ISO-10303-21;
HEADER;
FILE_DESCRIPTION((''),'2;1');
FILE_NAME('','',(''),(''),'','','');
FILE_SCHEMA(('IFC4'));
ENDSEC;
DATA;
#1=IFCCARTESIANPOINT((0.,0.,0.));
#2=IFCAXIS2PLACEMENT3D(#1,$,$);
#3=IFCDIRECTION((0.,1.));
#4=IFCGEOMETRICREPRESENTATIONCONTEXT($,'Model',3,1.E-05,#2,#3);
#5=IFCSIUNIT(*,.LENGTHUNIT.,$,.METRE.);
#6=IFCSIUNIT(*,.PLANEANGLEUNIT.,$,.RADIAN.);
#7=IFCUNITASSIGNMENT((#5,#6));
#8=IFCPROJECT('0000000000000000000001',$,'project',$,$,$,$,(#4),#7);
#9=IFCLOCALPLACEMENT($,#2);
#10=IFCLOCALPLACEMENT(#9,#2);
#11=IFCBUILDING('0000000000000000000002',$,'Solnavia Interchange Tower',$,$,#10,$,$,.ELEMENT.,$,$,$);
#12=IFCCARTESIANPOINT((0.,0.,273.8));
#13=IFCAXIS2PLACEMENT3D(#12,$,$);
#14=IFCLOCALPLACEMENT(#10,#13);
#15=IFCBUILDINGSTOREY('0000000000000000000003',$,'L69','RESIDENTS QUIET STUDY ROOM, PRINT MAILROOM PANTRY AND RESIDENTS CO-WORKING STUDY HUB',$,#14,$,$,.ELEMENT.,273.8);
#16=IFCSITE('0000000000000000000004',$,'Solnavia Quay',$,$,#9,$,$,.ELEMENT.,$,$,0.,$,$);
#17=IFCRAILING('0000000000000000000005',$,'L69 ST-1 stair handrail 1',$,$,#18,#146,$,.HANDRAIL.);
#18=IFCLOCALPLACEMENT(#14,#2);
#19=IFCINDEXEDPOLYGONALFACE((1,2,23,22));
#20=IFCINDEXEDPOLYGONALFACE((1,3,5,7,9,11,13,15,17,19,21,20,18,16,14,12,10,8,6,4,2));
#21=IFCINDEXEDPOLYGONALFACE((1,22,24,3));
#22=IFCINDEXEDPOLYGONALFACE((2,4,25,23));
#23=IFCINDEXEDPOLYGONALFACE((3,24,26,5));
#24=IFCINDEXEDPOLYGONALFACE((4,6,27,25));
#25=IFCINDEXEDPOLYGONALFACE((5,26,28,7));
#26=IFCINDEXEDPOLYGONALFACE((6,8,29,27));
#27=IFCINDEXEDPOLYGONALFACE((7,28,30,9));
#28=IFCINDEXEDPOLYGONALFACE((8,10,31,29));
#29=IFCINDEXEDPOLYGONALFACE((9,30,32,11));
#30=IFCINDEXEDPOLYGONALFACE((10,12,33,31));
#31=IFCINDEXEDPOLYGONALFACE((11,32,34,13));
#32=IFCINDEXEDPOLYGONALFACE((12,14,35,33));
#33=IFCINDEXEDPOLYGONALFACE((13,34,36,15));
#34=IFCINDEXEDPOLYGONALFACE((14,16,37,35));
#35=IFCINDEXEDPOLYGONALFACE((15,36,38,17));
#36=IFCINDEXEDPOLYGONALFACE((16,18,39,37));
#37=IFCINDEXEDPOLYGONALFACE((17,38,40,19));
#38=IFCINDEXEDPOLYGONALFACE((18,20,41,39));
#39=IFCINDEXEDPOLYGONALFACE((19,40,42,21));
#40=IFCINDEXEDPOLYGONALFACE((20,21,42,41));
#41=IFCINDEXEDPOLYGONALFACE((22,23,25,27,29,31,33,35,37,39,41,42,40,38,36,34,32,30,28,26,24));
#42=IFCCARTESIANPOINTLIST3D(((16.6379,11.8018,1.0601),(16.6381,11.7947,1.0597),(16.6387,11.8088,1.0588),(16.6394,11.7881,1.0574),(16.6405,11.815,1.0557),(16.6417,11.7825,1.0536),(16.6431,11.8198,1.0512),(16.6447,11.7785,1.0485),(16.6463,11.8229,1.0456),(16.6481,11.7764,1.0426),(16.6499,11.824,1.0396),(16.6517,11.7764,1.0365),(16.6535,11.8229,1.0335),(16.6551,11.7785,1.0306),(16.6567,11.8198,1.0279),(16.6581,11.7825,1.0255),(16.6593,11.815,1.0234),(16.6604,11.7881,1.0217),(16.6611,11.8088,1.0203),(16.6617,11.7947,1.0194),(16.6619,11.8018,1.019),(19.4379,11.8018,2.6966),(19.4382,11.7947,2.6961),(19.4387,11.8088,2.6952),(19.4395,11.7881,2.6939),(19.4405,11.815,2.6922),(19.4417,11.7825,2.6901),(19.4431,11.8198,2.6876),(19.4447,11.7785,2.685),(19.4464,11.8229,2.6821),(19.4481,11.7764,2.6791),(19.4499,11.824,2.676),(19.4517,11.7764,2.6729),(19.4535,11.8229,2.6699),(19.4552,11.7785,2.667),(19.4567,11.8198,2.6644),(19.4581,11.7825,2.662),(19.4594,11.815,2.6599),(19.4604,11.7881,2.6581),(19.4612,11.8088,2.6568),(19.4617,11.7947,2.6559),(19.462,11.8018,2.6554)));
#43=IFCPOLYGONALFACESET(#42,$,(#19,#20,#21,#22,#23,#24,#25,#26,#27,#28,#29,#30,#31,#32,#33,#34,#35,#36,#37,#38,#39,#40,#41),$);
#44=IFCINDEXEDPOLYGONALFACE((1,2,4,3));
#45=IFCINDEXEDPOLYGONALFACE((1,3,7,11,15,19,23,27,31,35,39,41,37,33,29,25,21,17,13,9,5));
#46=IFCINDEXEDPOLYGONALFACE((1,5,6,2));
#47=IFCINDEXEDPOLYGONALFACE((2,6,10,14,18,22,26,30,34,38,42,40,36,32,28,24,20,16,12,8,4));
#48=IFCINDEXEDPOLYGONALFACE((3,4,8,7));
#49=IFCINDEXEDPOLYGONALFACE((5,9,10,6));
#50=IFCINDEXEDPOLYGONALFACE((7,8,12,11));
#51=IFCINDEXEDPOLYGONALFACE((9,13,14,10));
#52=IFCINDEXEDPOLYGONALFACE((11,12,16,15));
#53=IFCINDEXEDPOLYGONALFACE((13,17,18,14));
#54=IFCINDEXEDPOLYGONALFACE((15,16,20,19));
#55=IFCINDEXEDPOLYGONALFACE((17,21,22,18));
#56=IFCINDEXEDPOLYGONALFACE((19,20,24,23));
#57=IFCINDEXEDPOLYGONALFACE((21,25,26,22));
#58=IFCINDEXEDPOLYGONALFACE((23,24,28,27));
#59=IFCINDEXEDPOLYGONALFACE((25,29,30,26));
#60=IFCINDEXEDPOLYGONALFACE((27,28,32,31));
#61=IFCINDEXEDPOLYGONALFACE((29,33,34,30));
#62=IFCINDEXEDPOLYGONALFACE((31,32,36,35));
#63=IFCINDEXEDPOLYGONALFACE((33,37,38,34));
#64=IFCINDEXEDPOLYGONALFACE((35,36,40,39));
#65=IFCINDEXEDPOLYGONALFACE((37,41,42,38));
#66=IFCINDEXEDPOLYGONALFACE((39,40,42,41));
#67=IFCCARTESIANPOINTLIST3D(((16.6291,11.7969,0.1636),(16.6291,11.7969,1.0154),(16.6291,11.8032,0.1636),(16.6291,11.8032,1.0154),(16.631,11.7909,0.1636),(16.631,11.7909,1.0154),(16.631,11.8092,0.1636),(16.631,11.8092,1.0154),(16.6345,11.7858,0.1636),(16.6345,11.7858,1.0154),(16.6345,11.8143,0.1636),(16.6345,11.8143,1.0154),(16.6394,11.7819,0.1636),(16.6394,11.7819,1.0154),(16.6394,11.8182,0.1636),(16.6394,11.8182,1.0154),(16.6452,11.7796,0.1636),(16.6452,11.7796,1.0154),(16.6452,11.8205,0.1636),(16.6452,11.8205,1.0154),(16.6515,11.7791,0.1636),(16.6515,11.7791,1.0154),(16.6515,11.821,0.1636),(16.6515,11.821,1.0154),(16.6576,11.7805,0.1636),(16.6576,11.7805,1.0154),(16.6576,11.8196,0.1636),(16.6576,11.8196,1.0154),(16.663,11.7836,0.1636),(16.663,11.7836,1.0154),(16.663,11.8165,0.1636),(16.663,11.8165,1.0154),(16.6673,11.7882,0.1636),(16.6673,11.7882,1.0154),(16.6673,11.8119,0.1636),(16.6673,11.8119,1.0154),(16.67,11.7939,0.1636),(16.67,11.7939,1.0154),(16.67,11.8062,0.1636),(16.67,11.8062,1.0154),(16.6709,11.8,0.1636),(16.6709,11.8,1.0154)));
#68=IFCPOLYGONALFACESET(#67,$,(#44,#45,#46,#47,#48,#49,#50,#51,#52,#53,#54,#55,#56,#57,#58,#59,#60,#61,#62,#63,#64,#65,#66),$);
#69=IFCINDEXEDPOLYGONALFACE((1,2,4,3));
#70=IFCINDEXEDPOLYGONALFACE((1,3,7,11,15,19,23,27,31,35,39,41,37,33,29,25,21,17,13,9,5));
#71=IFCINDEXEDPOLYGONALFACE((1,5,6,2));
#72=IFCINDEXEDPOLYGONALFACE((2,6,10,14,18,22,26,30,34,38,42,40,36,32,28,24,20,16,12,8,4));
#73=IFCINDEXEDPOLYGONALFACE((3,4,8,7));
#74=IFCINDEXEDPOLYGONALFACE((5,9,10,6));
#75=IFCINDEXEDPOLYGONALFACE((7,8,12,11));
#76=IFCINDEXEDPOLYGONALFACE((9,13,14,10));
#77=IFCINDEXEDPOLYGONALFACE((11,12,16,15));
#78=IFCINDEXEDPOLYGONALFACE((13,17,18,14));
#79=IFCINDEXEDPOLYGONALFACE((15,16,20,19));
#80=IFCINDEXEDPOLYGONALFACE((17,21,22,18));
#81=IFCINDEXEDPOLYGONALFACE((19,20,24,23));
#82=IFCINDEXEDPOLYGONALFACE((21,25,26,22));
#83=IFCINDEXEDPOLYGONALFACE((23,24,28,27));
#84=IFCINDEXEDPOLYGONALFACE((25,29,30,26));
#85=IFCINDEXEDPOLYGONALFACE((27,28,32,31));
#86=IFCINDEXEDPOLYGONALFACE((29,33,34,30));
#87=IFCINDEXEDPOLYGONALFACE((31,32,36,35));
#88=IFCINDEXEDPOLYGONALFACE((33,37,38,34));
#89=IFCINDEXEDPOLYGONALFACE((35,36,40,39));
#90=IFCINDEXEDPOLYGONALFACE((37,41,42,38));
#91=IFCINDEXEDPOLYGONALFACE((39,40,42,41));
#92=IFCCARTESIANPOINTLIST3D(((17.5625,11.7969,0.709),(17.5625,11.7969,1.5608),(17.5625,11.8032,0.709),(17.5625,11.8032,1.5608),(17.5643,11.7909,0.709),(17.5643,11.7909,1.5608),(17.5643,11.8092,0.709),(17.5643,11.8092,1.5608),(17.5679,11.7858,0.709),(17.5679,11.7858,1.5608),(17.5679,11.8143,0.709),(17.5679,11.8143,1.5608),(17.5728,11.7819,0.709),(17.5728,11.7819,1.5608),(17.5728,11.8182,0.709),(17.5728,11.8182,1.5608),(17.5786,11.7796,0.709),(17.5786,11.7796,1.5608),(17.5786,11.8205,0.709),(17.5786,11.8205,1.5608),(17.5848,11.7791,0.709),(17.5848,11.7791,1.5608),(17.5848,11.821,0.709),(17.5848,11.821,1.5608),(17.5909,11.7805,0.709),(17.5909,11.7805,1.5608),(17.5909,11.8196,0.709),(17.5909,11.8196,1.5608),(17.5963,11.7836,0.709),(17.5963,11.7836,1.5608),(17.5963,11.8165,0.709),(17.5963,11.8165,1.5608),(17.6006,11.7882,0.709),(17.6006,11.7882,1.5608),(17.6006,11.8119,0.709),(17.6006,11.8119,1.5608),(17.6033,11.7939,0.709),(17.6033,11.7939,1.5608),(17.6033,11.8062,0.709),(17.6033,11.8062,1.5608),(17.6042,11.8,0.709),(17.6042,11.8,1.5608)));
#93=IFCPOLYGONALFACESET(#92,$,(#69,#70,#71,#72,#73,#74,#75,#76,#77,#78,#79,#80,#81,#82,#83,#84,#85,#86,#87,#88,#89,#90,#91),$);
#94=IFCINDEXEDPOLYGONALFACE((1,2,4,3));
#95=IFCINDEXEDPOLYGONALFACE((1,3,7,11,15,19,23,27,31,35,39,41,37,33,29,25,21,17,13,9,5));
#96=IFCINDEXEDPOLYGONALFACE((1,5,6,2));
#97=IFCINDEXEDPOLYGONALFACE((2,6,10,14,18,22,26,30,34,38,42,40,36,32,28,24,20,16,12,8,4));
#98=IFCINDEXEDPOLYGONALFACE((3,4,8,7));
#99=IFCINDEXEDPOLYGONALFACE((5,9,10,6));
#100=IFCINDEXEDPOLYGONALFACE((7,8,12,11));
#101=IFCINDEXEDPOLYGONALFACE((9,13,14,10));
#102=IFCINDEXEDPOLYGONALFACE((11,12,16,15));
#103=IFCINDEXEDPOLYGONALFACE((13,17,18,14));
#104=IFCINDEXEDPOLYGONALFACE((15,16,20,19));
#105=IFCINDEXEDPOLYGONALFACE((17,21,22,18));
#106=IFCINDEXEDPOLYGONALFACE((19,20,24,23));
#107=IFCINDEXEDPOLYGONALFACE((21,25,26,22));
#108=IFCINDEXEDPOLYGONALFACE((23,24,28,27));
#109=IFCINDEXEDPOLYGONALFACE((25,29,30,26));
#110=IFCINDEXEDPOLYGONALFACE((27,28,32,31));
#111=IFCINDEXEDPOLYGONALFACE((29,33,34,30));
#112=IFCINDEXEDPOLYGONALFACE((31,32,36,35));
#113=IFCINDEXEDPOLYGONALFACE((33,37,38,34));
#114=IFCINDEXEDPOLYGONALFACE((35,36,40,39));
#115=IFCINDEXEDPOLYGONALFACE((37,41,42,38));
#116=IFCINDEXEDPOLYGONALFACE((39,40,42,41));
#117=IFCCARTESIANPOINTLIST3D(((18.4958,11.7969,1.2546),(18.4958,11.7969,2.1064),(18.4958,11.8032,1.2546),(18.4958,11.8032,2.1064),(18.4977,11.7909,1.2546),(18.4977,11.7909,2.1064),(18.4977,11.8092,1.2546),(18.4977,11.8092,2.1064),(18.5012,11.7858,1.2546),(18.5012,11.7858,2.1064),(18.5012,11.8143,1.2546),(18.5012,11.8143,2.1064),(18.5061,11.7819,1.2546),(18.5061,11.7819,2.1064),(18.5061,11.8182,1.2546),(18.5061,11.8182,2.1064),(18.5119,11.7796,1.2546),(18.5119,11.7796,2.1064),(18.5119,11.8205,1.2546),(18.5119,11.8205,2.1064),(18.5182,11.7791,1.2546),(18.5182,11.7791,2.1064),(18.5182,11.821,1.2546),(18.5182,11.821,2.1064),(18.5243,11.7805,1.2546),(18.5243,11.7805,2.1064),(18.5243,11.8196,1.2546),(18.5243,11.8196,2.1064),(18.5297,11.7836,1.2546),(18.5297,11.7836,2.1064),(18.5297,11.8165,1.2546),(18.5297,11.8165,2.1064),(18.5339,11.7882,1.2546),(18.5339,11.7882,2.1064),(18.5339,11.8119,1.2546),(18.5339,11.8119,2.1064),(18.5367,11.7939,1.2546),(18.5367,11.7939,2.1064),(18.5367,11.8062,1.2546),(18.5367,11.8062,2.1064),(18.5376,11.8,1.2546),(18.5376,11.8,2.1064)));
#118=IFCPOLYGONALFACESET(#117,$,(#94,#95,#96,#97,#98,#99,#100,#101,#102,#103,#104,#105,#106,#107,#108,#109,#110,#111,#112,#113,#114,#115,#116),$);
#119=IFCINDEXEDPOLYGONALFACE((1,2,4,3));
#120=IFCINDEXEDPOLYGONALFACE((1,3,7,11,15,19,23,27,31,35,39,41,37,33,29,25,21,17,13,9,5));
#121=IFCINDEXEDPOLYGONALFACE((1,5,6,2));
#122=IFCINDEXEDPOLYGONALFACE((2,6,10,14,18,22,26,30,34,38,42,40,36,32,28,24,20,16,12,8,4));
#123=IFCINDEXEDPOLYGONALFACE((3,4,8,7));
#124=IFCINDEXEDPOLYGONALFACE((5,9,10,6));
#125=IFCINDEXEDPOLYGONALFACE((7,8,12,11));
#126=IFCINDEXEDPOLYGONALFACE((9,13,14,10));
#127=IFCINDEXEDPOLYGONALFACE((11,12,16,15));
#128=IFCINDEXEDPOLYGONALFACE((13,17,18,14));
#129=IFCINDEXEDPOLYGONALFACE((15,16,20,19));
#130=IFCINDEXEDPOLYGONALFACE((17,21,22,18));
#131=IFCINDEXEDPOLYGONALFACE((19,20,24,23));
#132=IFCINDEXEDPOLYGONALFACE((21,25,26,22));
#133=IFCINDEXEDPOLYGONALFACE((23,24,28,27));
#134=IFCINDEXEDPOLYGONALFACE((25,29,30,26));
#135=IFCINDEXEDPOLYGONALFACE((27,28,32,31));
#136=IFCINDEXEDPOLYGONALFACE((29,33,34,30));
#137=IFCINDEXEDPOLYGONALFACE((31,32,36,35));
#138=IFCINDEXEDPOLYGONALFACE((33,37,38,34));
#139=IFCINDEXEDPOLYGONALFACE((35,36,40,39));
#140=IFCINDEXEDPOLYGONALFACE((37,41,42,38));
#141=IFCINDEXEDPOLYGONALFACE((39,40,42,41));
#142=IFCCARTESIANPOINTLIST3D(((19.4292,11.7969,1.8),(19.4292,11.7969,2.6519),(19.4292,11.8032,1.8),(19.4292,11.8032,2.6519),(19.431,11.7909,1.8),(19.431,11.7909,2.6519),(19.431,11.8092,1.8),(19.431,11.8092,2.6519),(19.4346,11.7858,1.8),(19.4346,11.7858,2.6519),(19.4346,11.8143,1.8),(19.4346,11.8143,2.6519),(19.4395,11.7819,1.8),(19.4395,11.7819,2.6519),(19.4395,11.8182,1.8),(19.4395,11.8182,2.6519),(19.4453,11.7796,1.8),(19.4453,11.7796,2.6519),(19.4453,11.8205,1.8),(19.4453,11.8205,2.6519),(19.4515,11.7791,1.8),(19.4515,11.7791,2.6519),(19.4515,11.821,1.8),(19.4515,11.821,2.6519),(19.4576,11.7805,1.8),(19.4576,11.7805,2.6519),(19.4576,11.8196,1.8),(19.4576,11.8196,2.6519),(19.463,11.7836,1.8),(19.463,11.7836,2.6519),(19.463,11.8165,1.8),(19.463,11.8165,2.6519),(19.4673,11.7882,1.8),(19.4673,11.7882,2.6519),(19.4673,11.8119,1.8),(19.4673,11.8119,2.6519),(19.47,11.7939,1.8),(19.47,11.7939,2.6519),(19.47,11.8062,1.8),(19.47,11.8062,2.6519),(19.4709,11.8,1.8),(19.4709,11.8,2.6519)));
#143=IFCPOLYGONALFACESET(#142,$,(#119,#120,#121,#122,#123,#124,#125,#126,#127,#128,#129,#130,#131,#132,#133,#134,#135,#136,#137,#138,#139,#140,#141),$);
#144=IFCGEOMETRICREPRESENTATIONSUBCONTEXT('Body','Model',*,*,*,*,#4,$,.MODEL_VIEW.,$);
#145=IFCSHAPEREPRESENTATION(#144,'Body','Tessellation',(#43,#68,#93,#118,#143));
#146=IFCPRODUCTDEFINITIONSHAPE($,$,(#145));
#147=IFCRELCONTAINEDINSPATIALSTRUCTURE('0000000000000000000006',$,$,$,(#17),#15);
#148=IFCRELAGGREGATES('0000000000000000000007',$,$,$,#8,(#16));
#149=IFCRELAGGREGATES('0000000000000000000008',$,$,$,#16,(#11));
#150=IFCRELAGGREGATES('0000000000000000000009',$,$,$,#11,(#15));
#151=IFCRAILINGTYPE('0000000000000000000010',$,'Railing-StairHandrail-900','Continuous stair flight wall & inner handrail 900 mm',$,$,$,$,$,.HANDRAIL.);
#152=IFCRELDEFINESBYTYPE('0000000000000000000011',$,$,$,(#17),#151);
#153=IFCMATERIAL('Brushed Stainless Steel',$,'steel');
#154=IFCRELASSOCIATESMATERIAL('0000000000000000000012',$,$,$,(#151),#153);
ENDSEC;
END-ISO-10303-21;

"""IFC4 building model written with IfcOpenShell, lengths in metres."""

from ifc_helpers import new_model, si_unit, direction, frame, origin, origin_2d, place, context, subcontext, project, spatial, circle, extrude, material, type_object, element, save


model = new_model("IFC4")

# Units and contexts
model_context = context("Model", 3, precision=1e-05, world=origin(), true_north=direction((0.0, 1.0)))
body_context = subcontext(model_context, "Body", "Model", "MODEL_VIEW")
ifc_project = project(units=[si_unit("LENGTHUNIT", "METRE"), si_unit("PLANEANGLEUNIT", "RADIAN")], contexts=[model_context])

# Site, building, storey
site_placement = place(None, origin())
site = spatial("IfcSite", under=ifc_project, at=site_placement, Name="Solnavia Quay", CompositionType="ELEMENT", RefElevation=0.0)
building_placement = place(site_placement, origin())
building = spatial("IfcBuilding", under=site, at=building_placement, Name="Solnavia Interchange Tower", CompositionType="ELEMENT")
storey_placement = place(building_placement, frame((0.0, 0.0, 273.8)))
storey = spatial("IfcBuildingStorey", under=building, at=storey_placement, Name="L69", Description="RESIDENTS QUIET STUDY ROOM, PRINT MAILROOM PANTRY AND RESIDENTS CO-WORKING STUDY HUB", CompositionType="ELEMENT", Elevation=273.8)

# Railing
ifc_material_1 = material(Name="Brushed Stainless Steel", Category="steel")
railing_type_1 = type_object("IfcRailingType", Name="Railing-StairHandrail-900", Description="Continuous stair flight wall & inner handrail 900 mm", PredefinedType="HANDRAIL", material=ifc_material_1)
railing_1_placement = place(storey_placement, frame((16.6499, 11.8, 0.1636)))
element("IfcRailing", 1, at=railing_1_placement, inside=storey, type_object=railing_type_1, Name="L69 ST-1 stair handrail 1", PredefinedType="HANDRAIL", context=body_context, shape_type="SweptSolid", body=[
    extrude(circle(Radius=0.0239, at=origin_2d()), frame((0.0, 0.0, 0.876), z_axis=(0.863361, 0.0, 0.504587), x_axis=(0.0, 1.0, 0.0)), (0.0, 0.0, 1.0), 3.2432),
    extrude(circle(Radius=0.021, at=origin_2d()), origin(), (0.0, 0.0, 1.0), 0.8518),
    extrude(circle(Radius=0.021, at=origin_2d()), frame((0.9333, 0.0, 0.5454)), (0.0, 0.0, 1.0), 0.8518),
    extrude(circle(Radius=0.021, at=origin_2d()), frame((1.8667, 0.0, 1.0911)), (0.0, 0.0, 1.0), 0.8518),
    extrude(circle(Radius=0.021, at=origin_2d()), frame((2.8, 0.0, 1.6365)), (0.0, 0.0, 1.0), 0.8518),
])

save(model, "model.ifc")
